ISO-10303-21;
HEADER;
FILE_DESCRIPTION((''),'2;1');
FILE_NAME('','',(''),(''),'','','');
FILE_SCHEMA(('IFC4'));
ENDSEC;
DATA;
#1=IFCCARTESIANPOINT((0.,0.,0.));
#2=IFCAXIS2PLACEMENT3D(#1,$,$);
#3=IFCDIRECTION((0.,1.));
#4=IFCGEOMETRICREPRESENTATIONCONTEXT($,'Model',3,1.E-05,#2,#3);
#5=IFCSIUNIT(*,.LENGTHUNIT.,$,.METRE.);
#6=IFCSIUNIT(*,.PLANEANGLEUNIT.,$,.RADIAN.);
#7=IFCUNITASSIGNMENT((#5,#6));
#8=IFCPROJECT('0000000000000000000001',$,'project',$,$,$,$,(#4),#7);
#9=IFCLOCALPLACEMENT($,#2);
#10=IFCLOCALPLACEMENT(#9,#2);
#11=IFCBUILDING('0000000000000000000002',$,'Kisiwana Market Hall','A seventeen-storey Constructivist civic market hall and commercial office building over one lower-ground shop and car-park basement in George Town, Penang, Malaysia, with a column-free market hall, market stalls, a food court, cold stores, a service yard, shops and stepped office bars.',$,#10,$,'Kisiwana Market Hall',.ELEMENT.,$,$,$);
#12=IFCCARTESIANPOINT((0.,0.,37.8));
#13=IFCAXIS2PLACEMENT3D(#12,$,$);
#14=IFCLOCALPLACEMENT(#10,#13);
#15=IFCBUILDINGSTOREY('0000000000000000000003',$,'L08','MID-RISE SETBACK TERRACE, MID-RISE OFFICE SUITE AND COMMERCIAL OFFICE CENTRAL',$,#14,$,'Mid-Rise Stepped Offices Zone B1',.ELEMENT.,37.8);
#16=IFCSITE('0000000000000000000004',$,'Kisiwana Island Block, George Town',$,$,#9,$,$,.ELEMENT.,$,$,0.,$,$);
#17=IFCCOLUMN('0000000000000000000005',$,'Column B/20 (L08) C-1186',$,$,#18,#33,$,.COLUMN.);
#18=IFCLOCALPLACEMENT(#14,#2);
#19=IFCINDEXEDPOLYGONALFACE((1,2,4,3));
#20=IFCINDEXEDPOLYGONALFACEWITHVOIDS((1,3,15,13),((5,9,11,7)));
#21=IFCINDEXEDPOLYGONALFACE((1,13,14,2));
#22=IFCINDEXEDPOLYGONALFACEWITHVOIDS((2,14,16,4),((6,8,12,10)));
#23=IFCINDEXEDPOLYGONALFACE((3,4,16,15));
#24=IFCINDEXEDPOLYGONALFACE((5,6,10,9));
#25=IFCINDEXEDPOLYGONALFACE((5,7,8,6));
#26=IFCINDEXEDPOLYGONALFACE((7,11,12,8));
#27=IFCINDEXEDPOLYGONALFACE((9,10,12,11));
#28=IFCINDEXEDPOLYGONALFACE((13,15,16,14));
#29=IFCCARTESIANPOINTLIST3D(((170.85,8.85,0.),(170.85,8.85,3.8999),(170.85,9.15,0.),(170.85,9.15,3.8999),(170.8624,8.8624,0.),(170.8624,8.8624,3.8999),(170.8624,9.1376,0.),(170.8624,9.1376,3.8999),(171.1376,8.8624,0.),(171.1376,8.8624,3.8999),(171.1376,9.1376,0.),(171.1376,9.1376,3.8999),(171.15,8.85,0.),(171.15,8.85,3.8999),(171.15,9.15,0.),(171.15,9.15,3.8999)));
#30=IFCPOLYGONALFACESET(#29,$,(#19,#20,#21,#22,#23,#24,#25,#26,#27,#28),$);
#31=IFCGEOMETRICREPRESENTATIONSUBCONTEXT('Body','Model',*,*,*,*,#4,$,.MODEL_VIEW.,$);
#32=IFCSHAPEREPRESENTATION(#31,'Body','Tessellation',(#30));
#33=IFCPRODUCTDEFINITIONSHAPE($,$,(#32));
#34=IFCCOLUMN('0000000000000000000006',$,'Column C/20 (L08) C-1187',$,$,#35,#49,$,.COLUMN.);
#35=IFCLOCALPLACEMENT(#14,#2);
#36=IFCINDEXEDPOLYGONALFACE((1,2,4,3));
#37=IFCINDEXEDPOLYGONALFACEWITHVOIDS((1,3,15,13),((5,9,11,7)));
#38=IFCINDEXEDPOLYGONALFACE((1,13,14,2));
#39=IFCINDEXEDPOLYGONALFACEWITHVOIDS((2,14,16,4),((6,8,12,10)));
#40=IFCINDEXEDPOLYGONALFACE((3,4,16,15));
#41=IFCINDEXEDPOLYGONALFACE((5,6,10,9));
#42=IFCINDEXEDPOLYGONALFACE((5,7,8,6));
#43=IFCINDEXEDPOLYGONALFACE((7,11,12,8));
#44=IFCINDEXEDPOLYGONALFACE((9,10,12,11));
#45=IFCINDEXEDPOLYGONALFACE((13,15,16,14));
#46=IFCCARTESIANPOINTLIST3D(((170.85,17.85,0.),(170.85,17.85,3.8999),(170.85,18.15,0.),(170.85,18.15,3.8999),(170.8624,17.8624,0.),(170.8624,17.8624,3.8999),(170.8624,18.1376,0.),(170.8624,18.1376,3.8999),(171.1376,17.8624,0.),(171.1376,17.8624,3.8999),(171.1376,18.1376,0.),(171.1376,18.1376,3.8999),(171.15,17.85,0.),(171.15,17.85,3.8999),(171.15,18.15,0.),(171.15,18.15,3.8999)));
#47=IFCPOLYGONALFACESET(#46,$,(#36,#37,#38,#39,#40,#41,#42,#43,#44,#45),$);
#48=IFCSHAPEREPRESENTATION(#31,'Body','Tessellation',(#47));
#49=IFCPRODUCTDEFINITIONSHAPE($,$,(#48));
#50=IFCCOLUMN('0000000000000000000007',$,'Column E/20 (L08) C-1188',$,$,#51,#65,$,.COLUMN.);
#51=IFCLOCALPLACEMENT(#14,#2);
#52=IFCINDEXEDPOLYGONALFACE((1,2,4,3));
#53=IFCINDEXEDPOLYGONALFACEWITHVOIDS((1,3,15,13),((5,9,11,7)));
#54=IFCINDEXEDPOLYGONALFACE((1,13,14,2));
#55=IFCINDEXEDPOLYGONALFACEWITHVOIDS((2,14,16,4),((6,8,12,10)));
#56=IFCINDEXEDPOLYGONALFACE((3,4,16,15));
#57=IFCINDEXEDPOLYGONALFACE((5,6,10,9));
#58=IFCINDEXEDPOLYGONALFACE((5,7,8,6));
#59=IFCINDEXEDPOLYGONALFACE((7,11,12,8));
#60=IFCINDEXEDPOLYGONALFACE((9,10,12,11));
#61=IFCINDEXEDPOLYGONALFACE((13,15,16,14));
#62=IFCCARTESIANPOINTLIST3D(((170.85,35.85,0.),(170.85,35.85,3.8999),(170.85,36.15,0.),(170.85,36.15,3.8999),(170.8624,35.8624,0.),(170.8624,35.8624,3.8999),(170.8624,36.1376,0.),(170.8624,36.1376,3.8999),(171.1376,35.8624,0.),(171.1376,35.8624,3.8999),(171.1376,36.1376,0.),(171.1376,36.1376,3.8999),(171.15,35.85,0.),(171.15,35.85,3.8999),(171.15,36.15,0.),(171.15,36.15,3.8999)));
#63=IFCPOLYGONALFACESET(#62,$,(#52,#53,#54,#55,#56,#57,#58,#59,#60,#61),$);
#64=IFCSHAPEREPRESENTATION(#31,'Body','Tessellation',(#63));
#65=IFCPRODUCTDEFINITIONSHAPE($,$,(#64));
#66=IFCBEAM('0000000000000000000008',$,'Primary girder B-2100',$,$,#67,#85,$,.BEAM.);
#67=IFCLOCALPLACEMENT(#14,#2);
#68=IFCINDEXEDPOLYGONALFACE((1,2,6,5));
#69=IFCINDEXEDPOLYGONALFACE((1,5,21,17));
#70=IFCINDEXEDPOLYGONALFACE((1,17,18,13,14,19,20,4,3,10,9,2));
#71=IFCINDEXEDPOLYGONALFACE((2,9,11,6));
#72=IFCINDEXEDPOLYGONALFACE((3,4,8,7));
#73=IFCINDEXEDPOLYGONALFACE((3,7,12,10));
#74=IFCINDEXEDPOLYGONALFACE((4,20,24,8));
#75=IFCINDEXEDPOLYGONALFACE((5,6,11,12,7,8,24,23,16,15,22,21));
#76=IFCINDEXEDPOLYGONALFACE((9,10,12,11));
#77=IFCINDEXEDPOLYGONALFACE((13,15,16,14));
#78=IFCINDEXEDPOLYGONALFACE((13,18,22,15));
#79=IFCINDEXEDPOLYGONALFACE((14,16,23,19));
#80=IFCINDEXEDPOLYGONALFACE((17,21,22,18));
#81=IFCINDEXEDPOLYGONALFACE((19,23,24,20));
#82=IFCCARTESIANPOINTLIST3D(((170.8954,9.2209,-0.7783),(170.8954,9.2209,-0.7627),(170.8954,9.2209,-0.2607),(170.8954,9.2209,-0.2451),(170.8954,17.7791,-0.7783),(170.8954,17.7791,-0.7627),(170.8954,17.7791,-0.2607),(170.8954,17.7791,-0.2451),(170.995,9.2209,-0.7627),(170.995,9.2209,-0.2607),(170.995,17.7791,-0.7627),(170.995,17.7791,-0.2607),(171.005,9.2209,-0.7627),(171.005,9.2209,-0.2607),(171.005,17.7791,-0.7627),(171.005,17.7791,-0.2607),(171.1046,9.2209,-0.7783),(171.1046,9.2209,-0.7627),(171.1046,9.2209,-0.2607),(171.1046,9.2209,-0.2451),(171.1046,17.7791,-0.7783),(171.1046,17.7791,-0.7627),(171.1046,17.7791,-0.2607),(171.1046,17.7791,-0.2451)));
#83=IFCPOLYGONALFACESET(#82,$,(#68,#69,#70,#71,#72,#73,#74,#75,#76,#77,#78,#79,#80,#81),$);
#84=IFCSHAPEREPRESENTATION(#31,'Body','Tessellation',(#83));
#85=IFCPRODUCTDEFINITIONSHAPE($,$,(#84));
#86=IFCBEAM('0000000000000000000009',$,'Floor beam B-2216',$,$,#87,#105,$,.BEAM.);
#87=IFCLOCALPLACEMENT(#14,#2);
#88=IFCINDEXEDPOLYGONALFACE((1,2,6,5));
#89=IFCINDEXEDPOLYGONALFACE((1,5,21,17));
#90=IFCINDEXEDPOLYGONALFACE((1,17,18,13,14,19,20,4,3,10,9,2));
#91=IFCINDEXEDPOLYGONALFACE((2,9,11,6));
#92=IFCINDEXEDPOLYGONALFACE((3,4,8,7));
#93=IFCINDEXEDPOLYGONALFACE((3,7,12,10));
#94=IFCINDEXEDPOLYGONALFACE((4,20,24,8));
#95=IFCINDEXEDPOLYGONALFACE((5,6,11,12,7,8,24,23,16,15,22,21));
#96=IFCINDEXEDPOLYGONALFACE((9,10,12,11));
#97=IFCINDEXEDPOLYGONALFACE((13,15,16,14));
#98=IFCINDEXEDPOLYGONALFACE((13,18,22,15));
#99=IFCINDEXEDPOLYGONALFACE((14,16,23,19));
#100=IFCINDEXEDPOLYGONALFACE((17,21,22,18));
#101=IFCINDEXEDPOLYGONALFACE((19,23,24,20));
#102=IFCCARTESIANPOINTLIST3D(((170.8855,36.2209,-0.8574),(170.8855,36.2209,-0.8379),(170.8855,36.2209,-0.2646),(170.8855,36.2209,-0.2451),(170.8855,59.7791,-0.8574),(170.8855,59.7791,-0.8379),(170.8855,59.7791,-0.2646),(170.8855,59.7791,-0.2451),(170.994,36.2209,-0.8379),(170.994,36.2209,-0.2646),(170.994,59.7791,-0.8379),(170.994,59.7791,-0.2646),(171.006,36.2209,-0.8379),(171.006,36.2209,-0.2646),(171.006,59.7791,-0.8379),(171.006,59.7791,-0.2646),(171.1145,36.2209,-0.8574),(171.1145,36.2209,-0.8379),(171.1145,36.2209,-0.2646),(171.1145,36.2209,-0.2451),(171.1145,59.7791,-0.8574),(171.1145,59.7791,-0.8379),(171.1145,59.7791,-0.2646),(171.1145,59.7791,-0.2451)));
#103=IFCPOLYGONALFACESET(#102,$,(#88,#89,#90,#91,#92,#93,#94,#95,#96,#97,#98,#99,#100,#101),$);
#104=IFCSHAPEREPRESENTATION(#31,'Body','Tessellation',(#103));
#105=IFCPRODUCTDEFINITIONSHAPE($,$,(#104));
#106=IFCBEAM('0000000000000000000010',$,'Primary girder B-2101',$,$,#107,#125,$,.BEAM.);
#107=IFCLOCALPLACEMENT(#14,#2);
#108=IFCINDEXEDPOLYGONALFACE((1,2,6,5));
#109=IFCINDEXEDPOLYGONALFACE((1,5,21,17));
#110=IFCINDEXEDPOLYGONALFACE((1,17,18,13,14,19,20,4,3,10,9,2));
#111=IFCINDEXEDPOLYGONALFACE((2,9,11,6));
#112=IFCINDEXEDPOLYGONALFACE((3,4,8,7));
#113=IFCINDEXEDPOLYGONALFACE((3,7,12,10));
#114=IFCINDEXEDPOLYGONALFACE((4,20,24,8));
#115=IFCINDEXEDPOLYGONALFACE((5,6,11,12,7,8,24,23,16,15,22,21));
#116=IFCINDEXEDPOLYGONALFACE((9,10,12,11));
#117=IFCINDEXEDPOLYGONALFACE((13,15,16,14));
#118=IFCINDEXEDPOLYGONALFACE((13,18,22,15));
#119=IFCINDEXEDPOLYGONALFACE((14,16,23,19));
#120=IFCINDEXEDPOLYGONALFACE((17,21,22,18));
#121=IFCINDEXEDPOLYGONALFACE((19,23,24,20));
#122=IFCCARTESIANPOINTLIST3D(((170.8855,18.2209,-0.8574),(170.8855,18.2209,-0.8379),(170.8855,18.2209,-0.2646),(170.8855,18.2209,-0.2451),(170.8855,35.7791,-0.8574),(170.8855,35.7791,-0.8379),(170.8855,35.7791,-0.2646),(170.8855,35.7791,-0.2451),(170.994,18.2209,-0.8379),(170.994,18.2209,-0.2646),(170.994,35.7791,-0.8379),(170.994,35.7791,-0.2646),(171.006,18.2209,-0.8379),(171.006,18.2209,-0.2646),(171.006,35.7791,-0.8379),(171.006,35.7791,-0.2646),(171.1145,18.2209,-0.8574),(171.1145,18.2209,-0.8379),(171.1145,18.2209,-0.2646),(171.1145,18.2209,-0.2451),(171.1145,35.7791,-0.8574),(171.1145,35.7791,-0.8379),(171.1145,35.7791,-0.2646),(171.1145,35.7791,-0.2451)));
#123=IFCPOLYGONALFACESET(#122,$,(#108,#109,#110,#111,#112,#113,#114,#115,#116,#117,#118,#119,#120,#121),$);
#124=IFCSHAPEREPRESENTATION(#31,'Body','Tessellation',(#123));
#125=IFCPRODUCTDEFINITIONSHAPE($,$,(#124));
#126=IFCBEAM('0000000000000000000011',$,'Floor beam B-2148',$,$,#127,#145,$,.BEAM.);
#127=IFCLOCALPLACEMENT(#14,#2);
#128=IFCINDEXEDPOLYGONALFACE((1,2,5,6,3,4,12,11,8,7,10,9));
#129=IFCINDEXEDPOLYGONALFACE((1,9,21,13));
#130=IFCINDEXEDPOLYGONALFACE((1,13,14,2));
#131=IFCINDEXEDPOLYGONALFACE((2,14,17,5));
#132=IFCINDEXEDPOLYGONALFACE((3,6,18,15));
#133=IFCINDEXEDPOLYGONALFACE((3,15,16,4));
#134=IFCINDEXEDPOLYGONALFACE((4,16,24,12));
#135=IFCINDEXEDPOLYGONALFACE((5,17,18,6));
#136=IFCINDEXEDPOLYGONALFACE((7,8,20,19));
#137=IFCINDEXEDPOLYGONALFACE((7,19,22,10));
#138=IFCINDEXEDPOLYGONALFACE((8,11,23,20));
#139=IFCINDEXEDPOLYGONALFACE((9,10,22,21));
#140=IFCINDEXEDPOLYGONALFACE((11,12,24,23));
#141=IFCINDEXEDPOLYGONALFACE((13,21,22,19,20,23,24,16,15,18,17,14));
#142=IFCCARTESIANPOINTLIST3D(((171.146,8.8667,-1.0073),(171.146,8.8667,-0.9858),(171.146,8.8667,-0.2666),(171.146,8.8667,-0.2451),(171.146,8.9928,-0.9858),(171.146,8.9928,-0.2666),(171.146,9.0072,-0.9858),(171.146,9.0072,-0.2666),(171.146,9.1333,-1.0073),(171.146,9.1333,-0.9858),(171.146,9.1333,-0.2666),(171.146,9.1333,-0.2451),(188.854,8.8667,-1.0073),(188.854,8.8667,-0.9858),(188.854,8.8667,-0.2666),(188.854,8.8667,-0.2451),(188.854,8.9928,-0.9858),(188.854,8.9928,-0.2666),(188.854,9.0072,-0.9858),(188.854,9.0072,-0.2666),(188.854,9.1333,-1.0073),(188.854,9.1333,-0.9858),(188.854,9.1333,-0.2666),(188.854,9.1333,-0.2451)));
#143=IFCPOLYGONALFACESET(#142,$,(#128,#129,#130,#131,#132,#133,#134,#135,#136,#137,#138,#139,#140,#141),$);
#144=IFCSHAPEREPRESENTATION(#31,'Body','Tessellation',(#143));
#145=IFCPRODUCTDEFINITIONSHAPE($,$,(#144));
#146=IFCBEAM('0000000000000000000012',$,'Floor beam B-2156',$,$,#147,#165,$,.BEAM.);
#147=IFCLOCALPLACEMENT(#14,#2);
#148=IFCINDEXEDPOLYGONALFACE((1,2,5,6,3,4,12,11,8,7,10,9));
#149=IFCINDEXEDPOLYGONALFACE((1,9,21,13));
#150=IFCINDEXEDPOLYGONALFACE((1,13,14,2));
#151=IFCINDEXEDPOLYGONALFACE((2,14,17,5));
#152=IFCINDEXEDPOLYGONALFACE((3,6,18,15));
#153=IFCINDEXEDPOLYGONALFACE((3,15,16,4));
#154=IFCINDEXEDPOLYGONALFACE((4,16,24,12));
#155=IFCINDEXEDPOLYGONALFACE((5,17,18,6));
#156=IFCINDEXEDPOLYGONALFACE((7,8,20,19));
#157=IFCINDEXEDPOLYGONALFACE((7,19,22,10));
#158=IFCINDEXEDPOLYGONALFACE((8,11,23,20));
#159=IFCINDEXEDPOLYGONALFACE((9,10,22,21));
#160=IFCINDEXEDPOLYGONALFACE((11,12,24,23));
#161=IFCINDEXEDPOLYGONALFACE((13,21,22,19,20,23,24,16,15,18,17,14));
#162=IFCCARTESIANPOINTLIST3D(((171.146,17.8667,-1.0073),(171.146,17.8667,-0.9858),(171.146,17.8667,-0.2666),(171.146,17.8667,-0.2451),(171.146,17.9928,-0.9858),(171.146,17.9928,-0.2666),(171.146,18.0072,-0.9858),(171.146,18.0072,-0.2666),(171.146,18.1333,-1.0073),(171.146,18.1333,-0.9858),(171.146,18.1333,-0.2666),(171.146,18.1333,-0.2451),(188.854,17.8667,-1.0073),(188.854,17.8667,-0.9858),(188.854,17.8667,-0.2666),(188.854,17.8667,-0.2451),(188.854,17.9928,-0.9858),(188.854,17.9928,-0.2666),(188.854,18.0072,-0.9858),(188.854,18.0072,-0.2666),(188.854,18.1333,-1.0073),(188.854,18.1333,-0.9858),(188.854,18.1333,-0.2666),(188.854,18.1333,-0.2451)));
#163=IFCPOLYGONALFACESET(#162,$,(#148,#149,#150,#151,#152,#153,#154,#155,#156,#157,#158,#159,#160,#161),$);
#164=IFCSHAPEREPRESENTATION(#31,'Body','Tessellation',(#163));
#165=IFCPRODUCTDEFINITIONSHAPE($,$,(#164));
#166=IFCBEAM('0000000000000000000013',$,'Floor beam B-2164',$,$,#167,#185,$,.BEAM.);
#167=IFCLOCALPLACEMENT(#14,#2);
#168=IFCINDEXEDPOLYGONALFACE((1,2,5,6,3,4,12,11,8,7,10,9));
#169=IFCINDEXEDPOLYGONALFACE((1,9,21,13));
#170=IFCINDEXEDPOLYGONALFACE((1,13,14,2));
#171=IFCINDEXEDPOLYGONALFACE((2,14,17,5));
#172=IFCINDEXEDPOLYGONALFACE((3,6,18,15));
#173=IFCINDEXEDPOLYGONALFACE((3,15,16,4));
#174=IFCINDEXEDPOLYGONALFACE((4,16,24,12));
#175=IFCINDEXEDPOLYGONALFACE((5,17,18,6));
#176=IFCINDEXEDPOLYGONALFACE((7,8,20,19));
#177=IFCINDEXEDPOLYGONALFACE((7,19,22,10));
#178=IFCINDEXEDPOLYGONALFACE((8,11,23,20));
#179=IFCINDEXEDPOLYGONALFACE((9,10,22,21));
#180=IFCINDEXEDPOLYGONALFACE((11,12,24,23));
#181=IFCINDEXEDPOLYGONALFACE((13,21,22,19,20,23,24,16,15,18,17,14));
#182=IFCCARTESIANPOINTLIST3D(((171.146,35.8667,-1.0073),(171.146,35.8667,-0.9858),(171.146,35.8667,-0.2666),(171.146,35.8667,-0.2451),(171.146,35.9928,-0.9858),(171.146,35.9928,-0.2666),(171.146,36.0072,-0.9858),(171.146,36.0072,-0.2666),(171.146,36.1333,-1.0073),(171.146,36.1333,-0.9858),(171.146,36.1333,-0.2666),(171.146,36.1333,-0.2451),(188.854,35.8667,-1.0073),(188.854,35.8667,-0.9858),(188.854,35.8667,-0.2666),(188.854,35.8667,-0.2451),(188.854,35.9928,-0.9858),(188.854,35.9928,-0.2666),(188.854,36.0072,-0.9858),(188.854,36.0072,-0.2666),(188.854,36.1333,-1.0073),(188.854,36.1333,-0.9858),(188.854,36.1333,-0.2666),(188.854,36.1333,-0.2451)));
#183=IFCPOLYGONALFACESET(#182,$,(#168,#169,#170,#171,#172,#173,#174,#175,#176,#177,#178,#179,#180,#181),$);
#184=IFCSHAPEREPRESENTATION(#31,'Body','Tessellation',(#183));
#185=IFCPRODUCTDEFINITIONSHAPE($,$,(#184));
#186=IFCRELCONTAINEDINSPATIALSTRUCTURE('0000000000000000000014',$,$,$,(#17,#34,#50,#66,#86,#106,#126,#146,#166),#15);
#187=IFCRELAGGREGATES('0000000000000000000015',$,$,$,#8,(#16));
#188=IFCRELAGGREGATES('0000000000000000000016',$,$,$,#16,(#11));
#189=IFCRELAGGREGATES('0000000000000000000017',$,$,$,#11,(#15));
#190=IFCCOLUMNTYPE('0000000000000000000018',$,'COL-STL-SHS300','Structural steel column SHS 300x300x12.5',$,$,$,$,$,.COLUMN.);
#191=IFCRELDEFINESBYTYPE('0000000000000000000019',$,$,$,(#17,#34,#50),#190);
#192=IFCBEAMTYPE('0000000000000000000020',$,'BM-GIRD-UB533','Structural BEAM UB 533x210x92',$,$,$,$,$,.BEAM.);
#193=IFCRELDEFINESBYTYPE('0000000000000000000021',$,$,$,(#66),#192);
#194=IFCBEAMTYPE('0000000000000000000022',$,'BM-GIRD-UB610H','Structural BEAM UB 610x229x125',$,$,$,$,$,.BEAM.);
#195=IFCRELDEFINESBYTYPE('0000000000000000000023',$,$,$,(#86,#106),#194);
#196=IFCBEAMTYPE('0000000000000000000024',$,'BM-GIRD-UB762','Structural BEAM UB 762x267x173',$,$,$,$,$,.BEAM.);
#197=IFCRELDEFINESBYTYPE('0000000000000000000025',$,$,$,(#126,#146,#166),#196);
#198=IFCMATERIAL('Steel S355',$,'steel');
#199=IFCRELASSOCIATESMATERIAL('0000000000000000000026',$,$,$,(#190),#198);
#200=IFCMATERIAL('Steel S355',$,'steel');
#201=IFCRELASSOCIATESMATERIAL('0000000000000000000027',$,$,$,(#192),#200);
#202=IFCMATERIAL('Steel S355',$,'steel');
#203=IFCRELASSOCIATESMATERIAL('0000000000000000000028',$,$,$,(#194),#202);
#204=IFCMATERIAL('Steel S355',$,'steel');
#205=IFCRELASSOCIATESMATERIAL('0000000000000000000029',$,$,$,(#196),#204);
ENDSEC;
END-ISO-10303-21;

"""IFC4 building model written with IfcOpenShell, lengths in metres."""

from ifc_helpers import new_model, si_unit, direction, frame, origin, origin_2d, place, context, subcontext, project, spatial, hollow_rectangle, i_section, extrude, material, material_profile, profile_set, type_object, element, save


model = new_model("IFC4")

# Units and contexts
model_context = context("Model", 3, precision=1e-05, world=origin(), true_north=direction((0.0, 1.0)))
body_context = subcontext(model_context, "Body", "Model", "MODEL_VIEW")
ifc_project = project(units=[si_unit("LENGTHUNIT", "METRE"), si_unit("PLANEANGLEUNIT", "RADIAN")], contexts=[model_context])

# Site, building, storey
site_placement = place(None, origin())
site = spatial("IfcSite", under=ifc_project, at=site_placement, Name="Kisiwana Island Block, George Town", CompositionType="ELEMENT", RefElevation=0.0)
building_placement = place(site_placement, origin())
building = spatial("IfcBuilding", under=site, at=building_placement, Name="Kisiwana Market Hall", Description="A seventeen-storey Constructivist civic market hall and commercial office building over one lower-ground shop and car-park basement in George Town, Penang, Malaysia, with a column-free market hall, market stalls, a food court, cold stores, a service yard, shops and stepped office bars.", LongName="Kisiwana Market Hall", CompositionType="ELEMENT")
storey_placement = place(building_placement, frame((0.0, 0.0, 37.8)))
storey = spatial("IfcBuildingStorey", under=building, at=storey_placement, Name="L08", Description="MID-RISE SETBACK TERRACE, MID-RISE OFFICE SUITE AND COMMERCIAL OFFICE CENTRAL", LongName="Mid-Rise Stepped Offices Zone B1", CompositionType="ELEMENT", Elevation=37.8)

# Columns
ifc_material_1 = material(Name="Steel S355", Category="steel")
ifc_material_profile_1 = material_profile(ifc_material_1, hollow_rectangle(XDim=0.3, YDim=0.3, WallThickness=0.0125, at=origin_2d()), Name="SHS 300x300x12.5")
ifc_profile_set_1 = profile_set([ifc_material_profile_1], Name="Steel S355")
column_type = type_object("IfcColumnType", Name="COL-STL-SHS300", Description="Structural steel column SHS 300x300x12.5", PredefinedType="COLUMN", material=ifc_profile_set_1)
for number, where, z_axis, x_axis, name in (
    (1, (171.0, 9.0, 0.0), (0.0, 0.0, 1.0), (1.0, 0.0, 0.0), "Column B/20 (L08) C-1186"),
    (2, (171.0, 18.0, 0.0), (0.0, 0.0, 1.0), (1.0, 0.0, 0.0), "Column C/20 (L08) C-1187"),
    (3, (171.0, 36.0, 0.0), (0.0, 0.0, 1.0), (1.0, 0.0, 0.0), "Column E/20 (L08) C-1188"),
):
    element("IfcColumn", number, at=place(storey_placement, frame(where, z_axis=z_axis, x_axis=x_axis)), inside=storey, type_object=column_type, Name=name, PredefinedType="COLUMN", context=body_context, shape_type="SweptSolid", body=[
        extrude(hollow_rectangle(XDim=0.3, YDim=0.3, WallThickness=0.0125, at=origin_2d()), origin(), (0.0, 0.0, 1.0), 3.8999),
    ])

# Beams
ifc_material_2 = material(Name="Steel S355", Category="steel")
ifc_material_profile_2 = material_profile(ifc_material_2, i_section(OverallWidth=0.2092, OverallDepth=0.5332, WebThickness=0.01, FlangeThickness=0.0156, at=origin_2d()), Name="UB 533x210x92")
ifc_profile_set_2 = profile_set([ifc_material_profile_2], Name="Steel S355")
beam_type_1 = type_object("IfcBeamType", Name="BM-GIRD-UB533", Description="Structural BEAM UB 533x210x92", PredefinedType="BEAM", material=ifc_profile_set_2)
beam_1_placement = place(storey_placement, frame((171.0, 9.2209, -0.5117), z_axis=(0.0, 1.0, 0.0), x_axis=(-1.0, 0.0, 0.0)))
element("IfcBeam", 4, at=beam_1_placement, inside=storey, type_object=beam_type_1, Name="Primary girder B-2100", PredefinedType="BEAM", context=body_context, shape_type="SweptSolid", body=[
    extrude(i_section(OverallWidth=0.2092, OverallDepth=0.5332, WebThickness=0.01, FlangeThickness=0.0156, at=origin_2d()), origin(), (0.0, 0.0, 1.0), 8.5581),
])
ifc_material_3 = material(Name="Steel S355", Category="steel")
ifc_material_profile_3 = material_profile(ifc_material_3, i_section(OverallWidth=0.229, OverallDepth=0.6123, WebThickness=0.012, FlangeThickness=0.0195, at=origin_2d()), Name="UB 610x229x125")
ifc_profile_set_3 = profile_set([ifc_material_profile_3], Name="Steel S355")
beam_type_2 = type_object("IfcBeamType", Name="BM-GIRD-UB610H", Description="Structural BEAM UB 610x229x125", PredefinedType="BEAM", material=ifc_profile_set_3)
beam_2_placement = place(storey_placement, frame((171.0, 36.2209, -0.5513), z_axis=(0.0, 1.0, 0.0), x_axis=(-1.0, 0.0, 0.0)))
element("IfcBeam", 5, at=beam_2_placement, inside=storey, type_object=beam_type_2, Name="Floor beam B-2216", PredefinedType="BEAM", context=body_context, shape_type="SweptSolid", body=[
    extrude(i_section(OverallWidth=0.229, OverallDepth=0.6123, WebThickness=0.012, FlangeThickness=0.0195, at=origin_2d()), origin(), (0.0, 0.0, 1.0), 23.5581),
])
beam_3_placement = place(storey_placement, frame((171.0, 18.2209, -0.5513), z_axis=(0.0, 1.0, 0.0), x_axis=(-1.0, 0.0, 0.0)))
element("IfcBeam", 6, at=beam_3_placement, inside=storey, type_object=beam_type_2, Name="Primary girder B-2101", PredefinedType="BEAM", context=body_context, shape_type="SweptSolid", body=[
    extrude(i_section(OverallWidth=0.229, OverallDepth=0.6123, WebThickness=0.012, FlangeThickness=0.0195, at=origin_2d()), origin(), (0.0, 0.0, 1.0), 17.5581),
])
ifc_material_4 = material(Name="Steel S355", Category="steel")
ifc_material_profile_4 = material_profile(ifc_material_4, i_section(OverallWidth=0.2666, OverallDepth=0.7622, WebThickness=0.0144, FlangeThickness=0.0215, at=origin_2d()), Name="UB 762x267x173")
ifc_profile_set_4 = profile_set([ifc_material_profile_4], Name="Steel S355")
beam_type_3 = type_object("IfcBeamType", Name="BM-GIRD-UB762", Description="Structural BEAM UB 762x267x173", PredefinedType="BEAM", material=ifc_profile_set_4)
for number, where, z_axis, x_axis, name in (
    (7, (171.146, 9.0, -0.6262), (1.0, 0.0, 0.0), (0.0, 1.0, 0.0), "Floor beam B-2148"),
    (8, (171.146, 18.0, -0.6262), (1.0, 0.0, 0.0), (0.0, 1.0, 0.0), "Floor beam B-2156"),
    (9, (171.146, 36.0, -0.6262), (1.0, 0.0, 0.0), (0.0, 1.0, 0.0), "Floor beam B-2164"),
):
    element("IfcBeam", number, at=place(storey_placement, frame(where, z_axis=z_axis, x_axis=x_axis)), inside=storey, type_object=beam_type_3, Name=name, PredefinedType="BEAM", context=body_context, shape_type="SweptSolid", body=[
        extrude(i_section(OverallWidth=0.2666, OverallDepth=0.7622, WebThickness=0.0144, FlangeThickness=0.0215, at=origin_2d()), origin(), (0.0, 0.0, 1.0), 17.708),
    ])

save(model, "model.ifc")
